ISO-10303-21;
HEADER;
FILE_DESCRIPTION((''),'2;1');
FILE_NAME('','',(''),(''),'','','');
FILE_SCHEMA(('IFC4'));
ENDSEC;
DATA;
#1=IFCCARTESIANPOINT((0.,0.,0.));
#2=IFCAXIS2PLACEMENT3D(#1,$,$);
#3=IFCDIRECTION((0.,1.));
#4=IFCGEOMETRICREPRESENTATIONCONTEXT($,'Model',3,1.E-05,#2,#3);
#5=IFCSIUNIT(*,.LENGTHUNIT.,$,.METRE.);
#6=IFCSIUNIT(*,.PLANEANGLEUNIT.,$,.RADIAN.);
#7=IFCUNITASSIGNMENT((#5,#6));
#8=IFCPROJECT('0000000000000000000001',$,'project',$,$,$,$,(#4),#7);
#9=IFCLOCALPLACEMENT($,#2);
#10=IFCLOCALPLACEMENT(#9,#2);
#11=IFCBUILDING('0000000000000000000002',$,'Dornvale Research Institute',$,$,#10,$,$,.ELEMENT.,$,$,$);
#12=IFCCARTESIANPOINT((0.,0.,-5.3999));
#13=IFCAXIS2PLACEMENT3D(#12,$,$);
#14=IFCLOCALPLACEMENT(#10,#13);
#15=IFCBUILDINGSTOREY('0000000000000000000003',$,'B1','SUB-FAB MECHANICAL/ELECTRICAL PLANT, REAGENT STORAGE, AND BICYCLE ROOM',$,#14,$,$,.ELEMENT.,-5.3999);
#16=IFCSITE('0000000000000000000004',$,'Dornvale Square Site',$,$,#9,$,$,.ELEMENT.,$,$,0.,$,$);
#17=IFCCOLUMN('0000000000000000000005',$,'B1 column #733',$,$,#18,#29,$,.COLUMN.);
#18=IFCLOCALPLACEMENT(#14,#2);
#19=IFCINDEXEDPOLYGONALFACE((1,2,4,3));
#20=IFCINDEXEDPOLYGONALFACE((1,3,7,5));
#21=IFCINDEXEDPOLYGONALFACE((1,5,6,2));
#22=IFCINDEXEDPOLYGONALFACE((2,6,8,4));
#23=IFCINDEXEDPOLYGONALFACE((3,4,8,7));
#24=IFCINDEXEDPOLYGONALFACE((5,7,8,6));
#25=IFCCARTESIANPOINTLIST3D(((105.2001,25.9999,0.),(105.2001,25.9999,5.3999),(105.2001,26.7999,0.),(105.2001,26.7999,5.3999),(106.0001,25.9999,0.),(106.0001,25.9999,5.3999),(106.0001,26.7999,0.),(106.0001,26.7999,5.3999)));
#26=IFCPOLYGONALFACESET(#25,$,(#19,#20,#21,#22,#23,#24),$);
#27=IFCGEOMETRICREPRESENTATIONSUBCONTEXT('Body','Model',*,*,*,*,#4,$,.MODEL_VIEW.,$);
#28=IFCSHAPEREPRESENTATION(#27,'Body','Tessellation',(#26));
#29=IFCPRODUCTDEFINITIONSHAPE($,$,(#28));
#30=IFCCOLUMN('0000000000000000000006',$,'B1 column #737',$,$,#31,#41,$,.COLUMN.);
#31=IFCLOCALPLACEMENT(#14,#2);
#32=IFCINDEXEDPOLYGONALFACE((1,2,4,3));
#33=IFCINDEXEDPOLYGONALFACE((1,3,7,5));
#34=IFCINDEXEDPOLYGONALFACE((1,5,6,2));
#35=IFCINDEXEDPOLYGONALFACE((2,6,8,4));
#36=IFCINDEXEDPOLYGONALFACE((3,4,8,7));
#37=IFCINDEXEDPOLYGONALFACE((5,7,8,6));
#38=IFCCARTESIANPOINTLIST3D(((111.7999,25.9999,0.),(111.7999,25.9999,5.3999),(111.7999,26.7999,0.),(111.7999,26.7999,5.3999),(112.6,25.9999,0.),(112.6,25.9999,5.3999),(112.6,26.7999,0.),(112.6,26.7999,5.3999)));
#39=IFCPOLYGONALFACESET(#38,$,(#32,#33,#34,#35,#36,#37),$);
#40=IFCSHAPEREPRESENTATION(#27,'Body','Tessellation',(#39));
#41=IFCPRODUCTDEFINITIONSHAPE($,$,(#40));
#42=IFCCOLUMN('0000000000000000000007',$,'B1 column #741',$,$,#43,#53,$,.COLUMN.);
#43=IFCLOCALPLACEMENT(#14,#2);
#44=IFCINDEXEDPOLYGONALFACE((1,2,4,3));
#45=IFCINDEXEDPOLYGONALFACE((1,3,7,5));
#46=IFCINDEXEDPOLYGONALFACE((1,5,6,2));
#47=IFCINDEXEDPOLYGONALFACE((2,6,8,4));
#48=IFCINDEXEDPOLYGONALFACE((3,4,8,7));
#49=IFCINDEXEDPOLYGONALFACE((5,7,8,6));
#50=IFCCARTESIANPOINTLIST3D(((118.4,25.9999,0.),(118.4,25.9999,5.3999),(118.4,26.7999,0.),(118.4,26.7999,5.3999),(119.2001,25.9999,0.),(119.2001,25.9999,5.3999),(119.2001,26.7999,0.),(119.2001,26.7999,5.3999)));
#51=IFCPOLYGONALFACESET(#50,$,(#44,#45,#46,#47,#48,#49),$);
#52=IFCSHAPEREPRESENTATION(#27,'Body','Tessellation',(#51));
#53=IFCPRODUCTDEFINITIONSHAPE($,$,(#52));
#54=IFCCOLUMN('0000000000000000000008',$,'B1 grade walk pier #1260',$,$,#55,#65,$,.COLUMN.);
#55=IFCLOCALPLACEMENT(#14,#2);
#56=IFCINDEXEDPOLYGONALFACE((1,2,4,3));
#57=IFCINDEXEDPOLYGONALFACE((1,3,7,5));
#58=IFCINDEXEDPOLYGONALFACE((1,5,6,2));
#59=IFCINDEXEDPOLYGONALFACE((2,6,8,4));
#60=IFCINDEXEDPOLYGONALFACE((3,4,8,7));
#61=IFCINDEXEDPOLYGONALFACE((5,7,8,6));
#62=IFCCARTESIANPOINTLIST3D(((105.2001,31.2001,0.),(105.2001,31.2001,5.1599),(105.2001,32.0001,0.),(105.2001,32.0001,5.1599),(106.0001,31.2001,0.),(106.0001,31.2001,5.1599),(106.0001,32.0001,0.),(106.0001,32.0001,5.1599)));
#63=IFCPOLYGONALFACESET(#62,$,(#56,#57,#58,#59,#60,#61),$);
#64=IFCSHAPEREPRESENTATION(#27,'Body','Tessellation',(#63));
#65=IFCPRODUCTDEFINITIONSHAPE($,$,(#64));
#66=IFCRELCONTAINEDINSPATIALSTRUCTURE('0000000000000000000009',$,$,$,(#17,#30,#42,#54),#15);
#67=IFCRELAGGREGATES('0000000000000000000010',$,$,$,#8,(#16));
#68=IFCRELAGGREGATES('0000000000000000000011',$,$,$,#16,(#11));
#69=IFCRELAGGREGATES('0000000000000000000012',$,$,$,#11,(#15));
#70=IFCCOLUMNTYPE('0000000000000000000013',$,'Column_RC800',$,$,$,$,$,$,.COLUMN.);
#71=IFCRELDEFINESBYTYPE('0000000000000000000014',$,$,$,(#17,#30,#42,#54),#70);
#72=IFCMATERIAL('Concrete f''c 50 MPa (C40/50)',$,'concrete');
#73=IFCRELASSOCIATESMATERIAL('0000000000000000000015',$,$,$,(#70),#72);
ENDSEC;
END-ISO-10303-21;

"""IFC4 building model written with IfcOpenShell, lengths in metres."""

from ifc_helpers import new_model, si_unit, direction, frame, origin, origin_2d, place, context, subcontext, project, spatial, rectangle, extrude, material, material_profile, profile_set, type_object, element, save


model = new_model("IFC4")

# Units and contexts
model_context = context("Model", 3, precision=1e-05, world=origin(), true_north=direction((0.0, 1.0)))
body_context = subcontext(model_context, "Body", "Model", "MODEL_VIEW")
ifc_project = project(units=[si_unit("LENGTHUNIT", "METRE"), si_unit("PLANEANGLEUNIT", "RADIAN")], contexts=[model_context])

# Site, building, storey
site_placement = place(None, origin())
site = spatial("IfcSite", under=ifc_project, at=site_placement, Name="Dornvale Square Site", CompositionType="ELEMENT", RefElevation=0.0)
building_placement = place(site_placement, origin())
building = spatial("IfcBuilding", under=site, at=building_placement, Name="Dornvale Research Institute", CompositionType="ELEMENT")
storey_placement = place(building_placement, frame((0.0, 0.0, -5.3999)))
storey = spatial("IfcBuildingStorey", under=building, at=storey_placement, Name="B1", Description="SUB-FAB MECHANICAL/ELECTRICAL PLANT, REAGENT STORAGE, AND BICYCLE ROOM", CompositionType="ELEMENT", Elevation=-5.3999)

# Columns
ifc_material_1 = material(Name="Concrete f'c 50 MPa (C40/50)", Category="concrete")
ifc_material_profile_1 = material_profile(ifc_material_1, rectangle(XDim=0.8, YDim=0.8, at=origin_2d()), Name="RC 800x800")
ifc_profile_set_1 = profile_set([ifc_material_profile_1], Name="Concrete f'c 50 MPa (C40/50)")
column_type = type_object("IfcColumnType", Name="Column_RC800", PredefinedType="COLUMN", material=ifc_profile_set_1)
for number, where, z_axis, x_axis, name in (
    (1, (105.6001, 26.3999, 0.0), (0.0, 0.0, 1.0), (1.0, 0.0, 0.0), "B1 column #733"),
    (2, (112.2, 26.3999, 0.0), (0.0, 0.0, 1.0), (1.0, 0.0, 0.0), "B1 column #737"),
    (3, (118.8, 26.3999, 0.0), (0.0, 0.0, 1.0), (1.0, 0.0, 0.0), "B1 column #741"),
):
    element("IfcColumn", number, at=place(storey_placement, frame(where, z_axis=z_axis, x_axis=x_axis)), inside=storey, type_object=column_type, Name=name, PredefinedType="COLUMN", context=body_context, shape_type="SweptSolid", body=[
        extrude(rectangle(XDim=0.8, YDim=0.8, at=origin_2d()), origin(), (0.0, 0.0, 1.0), 5.3999),
    ])
column_placement = place(storey_placement, frame((105.6001, 31.6001, 0.0), z_axis=(0.0, 0.0, 1.0), x_axis=(1.0, 0.0, 0.0)))
element("IfcColumn", 4, at=column_placement, inside=storey, type_object=column_type, Name="B1 grade walk pier #1260", PredefinedType="COLUMN", context=body_context, shape_type="SweptSolid", body=[
    extrude(rectangle(XDim=0.8, YDim=0.8, at=origin_2d()), origin(), (0.0, 0.0, 1.0), 5.1599),
])

save(model, "model.ifc")
